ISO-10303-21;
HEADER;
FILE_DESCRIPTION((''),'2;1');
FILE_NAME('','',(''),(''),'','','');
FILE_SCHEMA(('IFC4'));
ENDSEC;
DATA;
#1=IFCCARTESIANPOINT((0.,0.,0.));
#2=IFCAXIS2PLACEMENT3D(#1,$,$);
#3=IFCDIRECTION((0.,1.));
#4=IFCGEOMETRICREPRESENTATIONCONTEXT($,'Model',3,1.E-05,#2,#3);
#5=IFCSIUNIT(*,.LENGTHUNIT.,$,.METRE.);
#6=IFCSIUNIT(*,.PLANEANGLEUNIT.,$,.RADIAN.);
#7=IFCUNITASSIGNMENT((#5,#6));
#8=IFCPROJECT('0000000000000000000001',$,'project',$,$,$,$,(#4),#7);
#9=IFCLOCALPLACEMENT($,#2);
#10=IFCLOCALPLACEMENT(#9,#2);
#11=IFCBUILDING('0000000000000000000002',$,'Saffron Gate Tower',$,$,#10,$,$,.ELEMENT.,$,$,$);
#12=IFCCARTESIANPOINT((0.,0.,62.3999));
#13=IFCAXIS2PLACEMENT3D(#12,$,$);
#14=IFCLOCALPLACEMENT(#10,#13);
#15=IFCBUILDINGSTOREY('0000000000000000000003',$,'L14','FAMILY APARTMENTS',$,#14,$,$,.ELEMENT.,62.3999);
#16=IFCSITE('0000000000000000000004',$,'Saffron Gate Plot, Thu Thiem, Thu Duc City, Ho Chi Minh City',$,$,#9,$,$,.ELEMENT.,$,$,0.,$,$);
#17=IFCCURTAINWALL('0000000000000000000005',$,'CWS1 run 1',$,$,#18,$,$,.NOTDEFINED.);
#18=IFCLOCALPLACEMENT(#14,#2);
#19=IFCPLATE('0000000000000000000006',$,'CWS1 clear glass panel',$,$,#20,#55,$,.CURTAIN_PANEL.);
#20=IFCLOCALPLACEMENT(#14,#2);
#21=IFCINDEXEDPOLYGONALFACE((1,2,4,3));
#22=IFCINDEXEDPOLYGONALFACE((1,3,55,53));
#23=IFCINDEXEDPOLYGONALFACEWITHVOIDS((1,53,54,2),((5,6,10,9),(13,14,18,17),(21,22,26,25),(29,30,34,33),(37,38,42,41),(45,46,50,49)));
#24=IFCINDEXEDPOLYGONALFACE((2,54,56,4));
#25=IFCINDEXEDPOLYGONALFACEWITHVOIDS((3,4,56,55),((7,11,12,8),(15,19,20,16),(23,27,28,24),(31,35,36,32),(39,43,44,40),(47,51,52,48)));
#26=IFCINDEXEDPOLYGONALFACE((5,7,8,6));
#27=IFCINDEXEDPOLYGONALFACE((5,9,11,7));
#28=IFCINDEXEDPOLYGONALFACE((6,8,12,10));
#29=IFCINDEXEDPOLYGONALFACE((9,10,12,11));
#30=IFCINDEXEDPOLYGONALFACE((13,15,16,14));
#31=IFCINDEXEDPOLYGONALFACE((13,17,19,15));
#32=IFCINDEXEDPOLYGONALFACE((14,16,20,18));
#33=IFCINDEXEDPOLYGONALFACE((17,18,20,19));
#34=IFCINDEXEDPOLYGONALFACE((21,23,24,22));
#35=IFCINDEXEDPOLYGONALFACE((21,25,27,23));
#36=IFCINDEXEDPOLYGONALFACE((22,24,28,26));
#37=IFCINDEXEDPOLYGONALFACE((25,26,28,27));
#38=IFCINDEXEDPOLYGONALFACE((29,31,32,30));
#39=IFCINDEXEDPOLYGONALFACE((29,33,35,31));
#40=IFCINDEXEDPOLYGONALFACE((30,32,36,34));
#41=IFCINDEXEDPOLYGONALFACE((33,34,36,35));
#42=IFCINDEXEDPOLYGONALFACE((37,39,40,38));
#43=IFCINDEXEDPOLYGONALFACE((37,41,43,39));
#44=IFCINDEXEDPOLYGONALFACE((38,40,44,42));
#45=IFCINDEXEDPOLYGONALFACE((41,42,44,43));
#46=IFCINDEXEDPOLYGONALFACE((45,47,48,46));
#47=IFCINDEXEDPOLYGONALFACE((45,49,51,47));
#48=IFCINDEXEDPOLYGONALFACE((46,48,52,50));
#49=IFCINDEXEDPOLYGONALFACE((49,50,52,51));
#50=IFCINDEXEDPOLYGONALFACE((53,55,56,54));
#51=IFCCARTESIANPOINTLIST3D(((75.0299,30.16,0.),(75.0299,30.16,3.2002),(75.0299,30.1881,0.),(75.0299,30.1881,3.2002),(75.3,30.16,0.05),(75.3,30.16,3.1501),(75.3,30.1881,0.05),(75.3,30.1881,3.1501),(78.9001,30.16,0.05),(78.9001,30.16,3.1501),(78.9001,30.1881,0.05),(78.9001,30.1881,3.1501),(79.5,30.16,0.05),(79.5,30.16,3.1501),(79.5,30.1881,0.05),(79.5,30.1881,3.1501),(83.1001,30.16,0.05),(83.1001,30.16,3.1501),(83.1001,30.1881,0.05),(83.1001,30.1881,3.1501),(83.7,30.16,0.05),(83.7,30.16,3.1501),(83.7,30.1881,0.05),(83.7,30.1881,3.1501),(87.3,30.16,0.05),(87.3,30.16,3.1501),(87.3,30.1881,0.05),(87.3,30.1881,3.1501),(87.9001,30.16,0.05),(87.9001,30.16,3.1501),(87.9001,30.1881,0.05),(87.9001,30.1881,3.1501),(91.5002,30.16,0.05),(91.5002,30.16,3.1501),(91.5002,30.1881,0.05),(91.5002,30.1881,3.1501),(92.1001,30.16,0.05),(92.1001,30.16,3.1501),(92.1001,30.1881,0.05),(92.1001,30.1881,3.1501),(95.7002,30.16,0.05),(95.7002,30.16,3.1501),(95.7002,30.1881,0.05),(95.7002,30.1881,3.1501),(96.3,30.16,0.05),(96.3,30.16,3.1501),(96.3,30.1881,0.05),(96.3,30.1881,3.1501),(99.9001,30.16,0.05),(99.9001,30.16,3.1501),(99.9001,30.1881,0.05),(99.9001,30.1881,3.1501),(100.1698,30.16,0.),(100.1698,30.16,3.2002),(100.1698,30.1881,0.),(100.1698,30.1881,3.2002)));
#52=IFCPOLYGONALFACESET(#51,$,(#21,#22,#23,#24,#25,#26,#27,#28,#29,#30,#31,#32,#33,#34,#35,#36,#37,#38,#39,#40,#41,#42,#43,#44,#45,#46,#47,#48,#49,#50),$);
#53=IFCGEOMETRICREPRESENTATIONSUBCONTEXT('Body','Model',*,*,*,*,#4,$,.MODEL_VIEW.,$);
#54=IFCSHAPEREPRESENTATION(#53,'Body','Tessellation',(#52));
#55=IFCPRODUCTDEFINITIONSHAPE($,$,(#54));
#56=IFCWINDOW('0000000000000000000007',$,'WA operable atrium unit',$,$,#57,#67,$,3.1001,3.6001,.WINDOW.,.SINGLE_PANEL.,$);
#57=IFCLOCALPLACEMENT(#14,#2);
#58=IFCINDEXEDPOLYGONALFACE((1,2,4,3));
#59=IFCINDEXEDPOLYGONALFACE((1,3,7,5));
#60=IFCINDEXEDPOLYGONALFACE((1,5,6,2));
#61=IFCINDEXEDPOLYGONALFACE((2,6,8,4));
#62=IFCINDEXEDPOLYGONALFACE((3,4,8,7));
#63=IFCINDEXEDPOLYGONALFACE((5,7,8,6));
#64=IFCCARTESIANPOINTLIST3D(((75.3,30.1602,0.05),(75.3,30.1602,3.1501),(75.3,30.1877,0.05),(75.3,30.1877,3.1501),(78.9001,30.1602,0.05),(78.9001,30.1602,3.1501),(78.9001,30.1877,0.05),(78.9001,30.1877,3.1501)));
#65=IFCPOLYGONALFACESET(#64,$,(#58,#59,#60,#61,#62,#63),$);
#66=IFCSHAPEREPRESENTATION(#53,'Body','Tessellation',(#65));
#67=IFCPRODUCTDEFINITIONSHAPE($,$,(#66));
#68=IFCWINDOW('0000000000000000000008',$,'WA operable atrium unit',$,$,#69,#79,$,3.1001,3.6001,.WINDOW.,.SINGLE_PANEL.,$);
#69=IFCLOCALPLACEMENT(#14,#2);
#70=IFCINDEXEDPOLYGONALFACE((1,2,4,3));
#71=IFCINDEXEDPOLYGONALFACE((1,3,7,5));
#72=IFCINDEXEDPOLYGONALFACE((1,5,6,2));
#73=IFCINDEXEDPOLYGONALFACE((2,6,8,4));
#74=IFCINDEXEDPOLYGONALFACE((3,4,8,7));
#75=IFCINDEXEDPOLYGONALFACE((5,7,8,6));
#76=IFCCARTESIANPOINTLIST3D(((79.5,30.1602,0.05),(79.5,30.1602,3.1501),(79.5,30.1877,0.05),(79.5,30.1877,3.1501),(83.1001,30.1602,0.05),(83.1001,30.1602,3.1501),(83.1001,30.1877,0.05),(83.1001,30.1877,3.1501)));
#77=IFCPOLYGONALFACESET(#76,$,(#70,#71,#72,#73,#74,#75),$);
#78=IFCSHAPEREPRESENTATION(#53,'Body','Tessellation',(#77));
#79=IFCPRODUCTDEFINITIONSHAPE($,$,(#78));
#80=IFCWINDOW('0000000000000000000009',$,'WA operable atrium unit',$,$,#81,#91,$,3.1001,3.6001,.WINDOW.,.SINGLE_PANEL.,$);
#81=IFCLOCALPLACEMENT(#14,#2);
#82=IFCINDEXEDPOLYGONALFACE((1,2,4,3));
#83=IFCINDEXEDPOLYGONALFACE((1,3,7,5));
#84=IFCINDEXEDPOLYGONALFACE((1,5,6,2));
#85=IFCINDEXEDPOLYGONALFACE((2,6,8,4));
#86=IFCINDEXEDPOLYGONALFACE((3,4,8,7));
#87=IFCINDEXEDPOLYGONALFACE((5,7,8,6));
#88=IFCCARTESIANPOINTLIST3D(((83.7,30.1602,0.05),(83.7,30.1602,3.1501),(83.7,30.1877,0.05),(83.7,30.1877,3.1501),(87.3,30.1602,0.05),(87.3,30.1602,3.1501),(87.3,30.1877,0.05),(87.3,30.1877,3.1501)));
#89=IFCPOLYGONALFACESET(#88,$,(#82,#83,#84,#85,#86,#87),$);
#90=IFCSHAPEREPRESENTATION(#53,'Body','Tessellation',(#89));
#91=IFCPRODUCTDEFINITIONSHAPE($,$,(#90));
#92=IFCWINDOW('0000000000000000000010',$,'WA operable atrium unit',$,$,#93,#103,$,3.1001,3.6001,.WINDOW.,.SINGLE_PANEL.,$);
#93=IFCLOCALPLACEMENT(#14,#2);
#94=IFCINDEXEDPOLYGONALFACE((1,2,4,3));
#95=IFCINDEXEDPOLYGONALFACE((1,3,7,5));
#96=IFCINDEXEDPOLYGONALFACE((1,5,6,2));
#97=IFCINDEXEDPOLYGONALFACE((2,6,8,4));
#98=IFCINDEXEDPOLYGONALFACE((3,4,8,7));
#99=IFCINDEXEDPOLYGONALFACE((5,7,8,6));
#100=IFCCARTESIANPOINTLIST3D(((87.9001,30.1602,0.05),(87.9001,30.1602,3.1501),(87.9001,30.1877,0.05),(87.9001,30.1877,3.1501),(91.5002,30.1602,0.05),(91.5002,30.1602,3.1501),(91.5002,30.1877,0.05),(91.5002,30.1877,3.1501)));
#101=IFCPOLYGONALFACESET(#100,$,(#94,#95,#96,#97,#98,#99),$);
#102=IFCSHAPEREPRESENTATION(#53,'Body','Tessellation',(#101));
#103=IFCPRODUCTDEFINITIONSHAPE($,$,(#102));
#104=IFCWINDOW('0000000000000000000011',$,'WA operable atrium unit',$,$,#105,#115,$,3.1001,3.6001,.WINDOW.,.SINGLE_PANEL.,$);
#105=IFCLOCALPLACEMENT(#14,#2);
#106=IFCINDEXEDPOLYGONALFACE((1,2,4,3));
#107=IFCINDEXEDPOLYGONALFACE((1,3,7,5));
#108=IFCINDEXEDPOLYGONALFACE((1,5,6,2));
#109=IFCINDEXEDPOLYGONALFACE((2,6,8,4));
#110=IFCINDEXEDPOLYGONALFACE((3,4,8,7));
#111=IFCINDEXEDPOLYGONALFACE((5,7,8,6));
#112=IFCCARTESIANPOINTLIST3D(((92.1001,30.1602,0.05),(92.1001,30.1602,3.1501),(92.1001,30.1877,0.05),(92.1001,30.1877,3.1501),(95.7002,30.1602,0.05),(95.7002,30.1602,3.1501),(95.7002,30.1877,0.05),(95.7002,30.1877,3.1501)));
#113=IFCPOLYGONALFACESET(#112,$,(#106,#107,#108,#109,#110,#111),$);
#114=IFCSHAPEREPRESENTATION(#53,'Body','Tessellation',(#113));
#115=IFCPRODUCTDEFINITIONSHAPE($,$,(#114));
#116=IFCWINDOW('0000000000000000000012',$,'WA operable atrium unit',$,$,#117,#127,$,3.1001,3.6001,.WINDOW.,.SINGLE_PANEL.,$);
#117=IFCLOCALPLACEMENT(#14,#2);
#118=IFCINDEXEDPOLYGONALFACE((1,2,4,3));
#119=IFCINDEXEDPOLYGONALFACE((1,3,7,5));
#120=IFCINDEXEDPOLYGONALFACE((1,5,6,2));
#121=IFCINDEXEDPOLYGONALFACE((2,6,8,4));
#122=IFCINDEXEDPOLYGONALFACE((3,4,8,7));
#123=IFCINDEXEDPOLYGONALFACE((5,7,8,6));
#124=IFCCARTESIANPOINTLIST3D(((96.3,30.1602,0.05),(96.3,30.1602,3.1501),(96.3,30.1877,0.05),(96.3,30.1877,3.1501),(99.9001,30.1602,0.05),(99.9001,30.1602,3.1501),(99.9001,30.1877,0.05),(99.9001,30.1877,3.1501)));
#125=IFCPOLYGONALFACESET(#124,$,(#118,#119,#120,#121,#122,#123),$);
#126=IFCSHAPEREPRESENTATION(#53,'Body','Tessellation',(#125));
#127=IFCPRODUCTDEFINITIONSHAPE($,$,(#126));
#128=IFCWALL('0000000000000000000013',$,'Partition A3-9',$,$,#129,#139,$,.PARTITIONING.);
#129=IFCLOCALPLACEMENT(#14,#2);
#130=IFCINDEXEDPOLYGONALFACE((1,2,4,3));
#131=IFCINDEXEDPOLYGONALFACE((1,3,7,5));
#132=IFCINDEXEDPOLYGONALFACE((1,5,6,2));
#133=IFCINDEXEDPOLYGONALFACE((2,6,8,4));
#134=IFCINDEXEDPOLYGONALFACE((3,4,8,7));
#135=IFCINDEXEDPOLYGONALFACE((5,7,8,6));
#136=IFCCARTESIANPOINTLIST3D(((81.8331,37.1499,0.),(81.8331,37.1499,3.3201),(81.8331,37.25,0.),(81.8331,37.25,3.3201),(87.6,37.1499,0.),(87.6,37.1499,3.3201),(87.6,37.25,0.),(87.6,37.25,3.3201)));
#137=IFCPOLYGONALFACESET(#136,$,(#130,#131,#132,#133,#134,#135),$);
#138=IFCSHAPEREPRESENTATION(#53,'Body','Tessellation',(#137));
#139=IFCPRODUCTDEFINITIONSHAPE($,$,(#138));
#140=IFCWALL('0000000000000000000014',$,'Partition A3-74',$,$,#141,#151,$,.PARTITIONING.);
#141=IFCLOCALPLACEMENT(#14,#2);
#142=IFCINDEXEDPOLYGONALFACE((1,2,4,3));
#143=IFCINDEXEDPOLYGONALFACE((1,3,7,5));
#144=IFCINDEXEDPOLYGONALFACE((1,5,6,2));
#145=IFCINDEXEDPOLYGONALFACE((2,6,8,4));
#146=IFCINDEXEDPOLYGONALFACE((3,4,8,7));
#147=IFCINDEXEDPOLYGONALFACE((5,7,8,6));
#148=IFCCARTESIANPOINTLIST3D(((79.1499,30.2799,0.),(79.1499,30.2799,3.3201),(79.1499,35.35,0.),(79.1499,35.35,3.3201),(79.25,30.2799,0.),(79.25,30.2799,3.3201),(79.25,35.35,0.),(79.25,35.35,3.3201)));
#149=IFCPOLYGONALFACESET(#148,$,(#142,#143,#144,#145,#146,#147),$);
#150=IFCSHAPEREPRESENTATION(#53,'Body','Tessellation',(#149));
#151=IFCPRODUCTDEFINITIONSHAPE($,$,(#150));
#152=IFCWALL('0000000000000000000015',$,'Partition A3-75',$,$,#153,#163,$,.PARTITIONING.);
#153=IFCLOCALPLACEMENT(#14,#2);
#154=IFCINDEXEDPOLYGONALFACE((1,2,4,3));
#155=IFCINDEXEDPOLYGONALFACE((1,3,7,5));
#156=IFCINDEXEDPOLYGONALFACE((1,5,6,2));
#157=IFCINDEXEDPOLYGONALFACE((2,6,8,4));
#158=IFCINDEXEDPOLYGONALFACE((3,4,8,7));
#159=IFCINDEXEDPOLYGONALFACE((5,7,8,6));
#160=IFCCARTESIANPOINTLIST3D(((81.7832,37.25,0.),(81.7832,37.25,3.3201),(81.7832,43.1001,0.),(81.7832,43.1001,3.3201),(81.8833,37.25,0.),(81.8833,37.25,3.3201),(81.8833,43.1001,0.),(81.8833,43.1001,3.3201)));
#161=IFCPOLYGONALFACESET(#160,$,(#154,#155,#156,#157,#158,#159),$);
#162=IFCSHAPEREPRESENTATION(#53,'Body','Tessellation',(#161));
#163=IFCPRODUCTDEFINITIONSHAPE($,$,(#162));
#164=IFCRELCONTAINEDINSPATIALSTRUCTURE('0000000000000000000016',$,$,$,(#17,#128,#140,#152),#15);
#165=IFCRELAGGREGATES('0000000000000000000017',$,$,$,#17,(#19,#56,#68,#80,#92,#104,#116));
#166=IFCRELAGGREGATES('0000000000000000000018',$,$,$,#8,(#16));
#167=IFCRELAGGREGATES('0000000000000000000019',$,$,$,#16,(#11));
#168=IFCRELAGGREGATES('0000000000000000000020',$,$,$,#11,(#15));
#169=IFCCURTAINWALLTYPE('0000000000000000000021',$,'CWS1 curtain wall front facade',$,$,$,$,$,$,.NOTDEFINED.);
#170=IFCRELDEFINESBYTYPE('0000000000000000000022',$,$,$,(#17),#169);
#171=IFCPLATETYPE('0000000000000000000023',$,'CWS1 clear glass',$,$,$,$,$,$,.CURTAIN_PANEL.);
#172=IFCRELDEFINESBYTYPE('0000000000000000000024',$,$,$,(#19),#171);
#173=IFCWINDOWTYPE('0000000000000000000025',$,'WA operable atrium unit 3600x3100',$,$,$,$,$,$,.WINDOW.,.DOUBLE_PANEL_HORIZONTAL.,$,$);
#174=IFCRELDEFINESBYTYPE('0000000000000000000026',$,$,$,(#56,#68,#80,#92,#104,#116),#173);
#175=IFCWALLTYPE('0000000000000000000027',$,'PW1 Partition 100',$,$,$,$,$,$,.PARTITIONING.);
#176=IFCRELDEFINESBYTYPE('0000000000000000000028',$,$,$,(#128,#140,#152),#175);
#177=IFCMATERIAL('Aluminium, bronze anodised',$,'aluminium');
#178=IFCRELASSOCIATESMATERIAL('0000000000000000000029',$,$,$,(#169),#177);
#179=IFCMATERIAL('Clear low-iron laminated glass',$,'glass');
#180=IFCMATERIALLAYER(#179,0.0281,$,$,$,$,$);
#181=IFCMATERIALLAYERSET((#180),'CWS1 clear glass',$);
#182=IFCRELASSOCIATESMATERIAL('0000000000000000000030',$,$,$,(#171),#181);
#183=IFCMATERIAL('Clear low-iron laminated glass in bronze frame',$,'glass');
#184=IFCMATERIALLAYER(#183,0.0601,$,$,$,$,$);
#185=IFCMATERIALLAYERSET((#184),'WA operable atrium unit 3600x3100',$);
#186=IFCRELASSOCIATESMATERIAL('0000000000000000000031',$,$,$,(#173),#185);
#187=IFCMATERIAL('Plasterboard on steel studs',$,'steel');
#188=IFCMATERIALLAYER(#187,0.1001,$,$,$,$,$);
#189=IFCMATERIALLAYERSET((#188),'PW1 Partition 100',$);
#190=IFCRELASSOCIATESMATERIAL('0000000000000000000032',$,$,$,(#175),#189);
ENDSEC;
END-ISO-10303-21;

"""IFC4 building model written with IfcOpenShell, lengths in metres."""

from ifc_helpers import new_model, si_unit, direction, frame, frame_2d, origin, place, context, subcontext, project, spatial, rectangle, extrude, material, layer, layer_set, type_object, element, fill, aggregate, save


model = new_model("IFC4")

# Units and contexts
model_context = context("Model", 3, precision=1e-05, world=origin(), true_north=direction((0.0, 1.0)))
body_context = subcontext(model_context, "Body", "Model", "MODEL_VIEW")
ifc_project = project(units=[si_unit("LENGTHUNIT", "METRE"), si_unit("PLANEANGLEUNIT", "RADIAN")], contexts=[model_context])

# Site, building, storey
site_placement = place(None, origin())
site = spatial("IfcSite", under=ifc_project, at=site_placement, Name="Saffron Gate Plot, Thu Thiem, Thu Duc City, Ho Chi Minh City", CompositionType="ELEMENT", RefElevation=0.0)
building_placement = place(site_placement, origin())
building = spatial("IfcBuilding", under=site, at=building_placement, Name="Saffron Gate Tower", CompositionType="ELEMENT")
storey_placement = place(building_placement, frame((0.0, 0.0, 62.3999)))
storey = spatial("IfcBuildingStorey", under=building, at=storey_placement, Name="L14", Description="FAMILY APARTMENTS", CompositionType="ELEMENT", Elevation=62.3999)

# Curtain wall, plate, openings, windows
ifc_material_1 = material(Name="Aluminium, bronze anodised", Category="aluminium")
curtain_wall_type = type_object("IfcCurtainWallType", Name="CWS1 curtain wall front facade", PredefinedType="NOTDEFINED", material=ifc_material_1)
curtain_wall_placement = place(storey_placement, origin())
curtain_wall = element("IfcCurtainWall", 1, at=curtain_wall_placement, inside=storey, type_object=curtain_wall_type, Name="CWS1 run 1", PredefinedType="NOTDEFINED")
ifc_material_2 = material(Name="Clear low-iron laminated glass", Category="glass")
ifc_layer_1 = layer(ifc_material_2, 0.0281)
ifc_layer_set_1 = layer_set([ifc_layer_1], Name="CWS1 clear glass")
plate_type = type_object("IfcPlateType", Name="CWS1 clear glass", PredefinedType="CURTAIN_PANEL", material=ifc_layer_set_1)
plate_placement = place(storey_placement, frame((75.03, 30.1741, 0.0), z_axis=(0.0, 0.0, 1.0), x_axis=(1.0, 0.0, 0.0)))
plate = element("IfcPlate", 2, at=plate_placement, type_object=plate_type, Name="CWS1 clear glass panel", PredefinedType="CURTAIN_PANEL", context=body_context, shape_type="SweptSolid", body=[
    extrude(rectangle(XDim=25.1399, YDim=0.0281, at=frame_2d((12.5698, 0.0))), origin(), (0.0, 0.0, 1.0), 3.2002),
])
opening_1_placement = place(plate_placement, frame((0.27, 0.0, 0.05)))
opening_1 = element("IfcOpeningElement", 3, at=opening_1_placement, cuts=plate, PredefinedType="OPENING", context=body_context, shape_type="SweptSolid", body=[
    extrude(rectangle(XDim=3.6001, YDim=3.1001, at=frame_2d((1.8, 1.55))), frame((0.0, 0.0239, 0.0), z_axis=(0.0, -1.0, 0.0), x_axis=(1.0, 0.0, 0.0)), (0.0, 0.0, 1.0), 0.0481),
])
opening_2_placement = place(plate_placement, frame((4.47, 0.0, 0.05)))
opening_2 = element("IfcOpeningElement", 4, at=opening_2_placement, cuts=plate, PredefinedType="OPENING", context=body_context, shape_type="SweptSolid", body=[
    extrude(rectangle(XDim=3.6001, YDim=3.1001, at=frame_2d((1.8, 1.55))), frame((0.0, 0.0239, 0.0), z_axis=(0.0, -1.0, 0.0), x_axis=(1.0, 0.0, 0.0)), (0.0, 0.0, 1.0), 0.0481),
])
opening_3_placement = place(plate_placement, frame((8.6699, 0.0, 0.05)))
opening_3 = element("IfcOpeningElement", 5, at=opening_3_placement, cuts=plate, PredefinedType="OPENING", context=body_context, shape_type="SweptSolid", body=[
    extrude(rectangle(XDim=3.6001, YDim=3.1001, at=frame_2d((1.8, 1.55))), frame((0.0, 0.0239, 0.0), z_axis=(0.0, -1.0, 0.0), x_axis=(1.0, 0.0, 0.0)), (0.0, 0.0, 1.0), 0.0481),
])
opening_4_placement = place(plate_placement, frame((12.8701, 0.0, 0.05)))
opening_4 = element("IfcOpeningElement", 6, at=opening_4_placement, cuts=plate, PredefinedType="OPENING", context=body_context, shape_type="SweptSolid", body=[
    extrude(rectangle(XDim=3.6001, YDim=3.1001, at=frame_2d((1.8, 1.55))), frame((0.0, 0.0239, 0.0), z_axis=(0.0, -1.0, 0.0), x_axis=(1.0, 0.0, 0.0)), (0.0, 0.0, 1.0), 0.0481),
])
opening_5_placement = place(plate_placement, frame((17.0701, 0.0, 0.05)))
opening_5 = element("IfcOpeningElement", 7, at=opening_5_placement, cuts=plate, PredefinedType="OPENING", context=body_context, shape_type="SweptSolid", body=[
    extrude(rectangle(XDim=3.6001, YDim=3.1001, at=frame_2d((1.8, 1.55))), frame((0.0, 0.0239, 0.0), z_axis=(0.0, -1.0, 0.0), x_axis=(1.0, 0.0, 0.0)), (0.0, 0.0, 1.0), 0.0481),
])
opening_6_placement = place(plate_placement, frame((21.27, 0.0, 0.05)))
opening_6 = element("IfcOpeningElement", 8, at=opening_6_placement, cuts=plate, PredefinedType="OPENING", context=body_context, shape_type="SweptSolid", body=[
    extrude(rectangle(XDim=3.6001, YDim=3.1001, at=frame_2d((1.8, 1.55))), frame((0.0, 0.0239, 0.0), z_axis=(0.0, -1.0, 0.0), x_axis=(1.0, 0.0, 0.0)), (0.0, 0.0, 1.0), 0.0481),
])
ifc_material_3 = material(Name="Clear low-iron laminated glass in bronze frame", Category="glass")
ifc_layer_2 = layer(ifc_material_3, 0.0601)
ifc_layer_set_2 = layer_set([ifc_layer_2], Name="WA operable atrium unit 3600x3100")
window_type = type_object("IfcWindowType", Name="WA operable atrium unit 3600x3100", PartitioningType="DOUBLE_PANEL_HORIZONTAL", PredefinedType="WINDOW", material=ifc_layer_set_2)
window_1_placement = place(opening_1_placement, origin())
window_1 = element("IfcWindow", 9, at=window_1_placement, type_object=window_type, Name="WA operable atrium unit", OverallHeight=3.1001, OverallWidth=3.6001, PartitioningType="SINGLE_PANEL", PredefinedType="WINDOW", context=body_context, shape_type="SweptSolid", body=[
    extrude(rectangle(XDim=3.6001, YDim=3.1001, at=frame_2d((1.8, 1.55))), frame((0.0, 0.0137, 0.0), z_axis=(0.0, -1.0, 0.0), x_axis=(1.0, 0.0, 0.0)), (0.0, 0.0, 1.0), 0.0276),
])
fill(opening_1, window_1)
window_2_placement = place(opening_2_placement, origin())
window_2 = element("IfcWindow", 10, at=window_2_placement, type_object=window_type, Name="WA operable atrium unit", OverallHeight=3.1001, OverallWidth=3.6001, PartitioningType="SINGLE_PANEL", PredefinedType="WINDOW", context=body_context, shape_type="SweptSolid", body=[
    extrude(rectangle(XDim=3.6001, YDim=3.1001, at=frame_2d((1.8, 1.55))), frame((0.0, 0.0137, 0.0), z_axis=(0.0, -1.0, 0.0), x_axis=(1.0, 0.0, 0.0)), (0.0, 0.0, 1.0), 0.0276),
])
fill(opening_2, window_2)
window_3_placement = place(opening_3_placement, origin())
window_3 = element("IfcWindow", 11, at=window_3_placement, type_object=window_type, Name="WA operable atrium unit", OverallHeight=3.1001, OverallWidth=3.6001, PartitioningType="SINGLE_PANEL", PredefinedType="WINDOW", context=body_context, shape_type="SweptSolid", body=[
    extrude(rectangle(XDim=3.6001, YDim=3.1001, at=frame_2d((1.8, 1.55))), frame((0.0, 0.0137, 0.0), z_axis=(0.0, -1.0, 0.0), x_axis=(1.0, 0.0, 0.0)), (0.0, 0.0, 1.0), 0.0276),
])
fill(opening_3, window_3)
window_4_placement = place(opening_4_placement, origin())
window_4 = element("IfcWindow", 12, at=window_4_placement, type_object=window_type, Name="WA operable atrium unit", OverallHeight=3.1001, OverallWidth=3.6001, PartitioningType="SINGLE_PANEL", PredefinedType="WINDOW", context=body_context, shape_type="SweptSolid", body=[
    extrude(rectangle(XDim=3.6001, YDim=3.1001, at=frame_2d((1.8, 1.55))), frame((0.0, 0.0137, 0.0), z_axis=(0.0, -1.0, 0.0), x_axis=(1.0, 0.0, 0.0)), (0.0, 0.0, 1.0), 0.0276),
])
fill(opening_4, window_4)
window_5_placement = place(opening_5_placement, origin())
window_5 = element("IfcWindow", 13, at=window_5_placement, type_object=window_type, Name="WA operable atrium unit", OverallHeight=3.1001, OverallWidth=3.6001, PartitioningType="SINGLE_PANEL", PredefinedType="WINDOW", context=body_context, shape_type="SweptSolid", body=[
    extrude(rectangle(XDim=3.6001, YDim=3.1001, at=frame_2d((1.8, 1.55))), frame((0.0, 0.0137, 0.0), z_axis=(0.0, -1.0, 0.0), x_axis=(1.0, 0.0, 0.0)), (0.0, 0.0, 1.0), 0.0276),
])
fill(opening_5, window_5)
window_6_placement = place(opening_6_placement, origin())
window_6 = element("IfcWindow", 14, at=window_6_placement, type_object=window_type, Name="WA operable atrium unit", OverallHeight=3.1001, OverallWidth=3.6001, PartitioningType="SINGLE_PANEL", PredefinedType="WINDOW", context=body_context, shape_type="SweptSolid", body=[
    extrude(rectangle(XDim=3.6001, YDim=3.1001, at=frame_2d((1.8, 1.55))), frame((0.0, 0.0137, 0.0), z_axis=(0.0, -1.0, 0.0), x_axis=(1.0, 0.0, 0.0)), (0.0, 0.0, 1.0), 0.0276),
])
fill(opening_6, window_6)
aggregate(curtain_wall, [plate, window_1, window_2, window_3, window_4, window_5, window_6])

# Walls
ifc_material_4 = material(Name="Plasterboard on steel studs", Category="steel")
ifc_layer_3 = layer(ifc_material_4, 0.1001)
ifc_layer_set_3 = layer_set([ifc_layer_3], Name="PW1 Partition 100")
wall_type_1 = type_object("IfcWallType", Name="PW1 Partition 100", PredefinedType="PARTITIONING", material=ifc_layer_set_3)
wall_1_placement = place(storey_placement, frame((81.8333, 37.2, 0.0), z_axis=(0.0, 0.0, 1.0), x_axis=(1.0, 0.0, 0.0)))
element("IfcWall", 15, at=wall_1_placement, inside=storey, type_object=wall_type_1, Name="Partition A3-9", PredefinedType="PARTITIONING", context=body_context, shape_type="SweptSolid", body=[
    extrude(rectangle(XDim=5.7668, YDim=0.1001, at=frame_2d((2.8833, 0.0))), origin(), (0.0, 0.0, 1.0), 3.3201),
])
wall_2_placement = place(storey_placement, frame((79.2, 35.3501, 0.0), z_axis=(0.0, 0.0, 1.0), x_axis=(0.0, -1.0, 0.0)))
element("IfcWall", 16, at=wall_2_placement, inside=storey, type_object=wall_type_1, Name="Partition A3-74", PredefinedType="PARTITIONING", context=body_context, shape_type="SweptSolid", body=[
    extrude(rectangle(XDim=5.0701, YDim=0.1001, at=frame_2d((2.5352, 0.0))), origin(), (0.0, 0.0, 1.0), 3.3201),
])
wall_3_placement = place(storey_placement, frame((81.8333, 43.1001, 0.0), z_axis=(0.0, 0.0, 1.0), x_axis=(0.0, -1.0, 0.0)))
element("IfcWall", 17, at=wall_3_placement, inside=storey, type_object=wall_type_1, Name="Partition A3-75", PredefinedType="PARTITIONING", context=body_context, shape_type="SweptSolid", body=[
    extrude(rectangle(XDim=5.8501, YDim=0.1001, at=frame_2d((2.925, 0.0))), origin(), (0.0, 0.0, 1.0), 3.3201),
])

save(model, "model.ifc")
